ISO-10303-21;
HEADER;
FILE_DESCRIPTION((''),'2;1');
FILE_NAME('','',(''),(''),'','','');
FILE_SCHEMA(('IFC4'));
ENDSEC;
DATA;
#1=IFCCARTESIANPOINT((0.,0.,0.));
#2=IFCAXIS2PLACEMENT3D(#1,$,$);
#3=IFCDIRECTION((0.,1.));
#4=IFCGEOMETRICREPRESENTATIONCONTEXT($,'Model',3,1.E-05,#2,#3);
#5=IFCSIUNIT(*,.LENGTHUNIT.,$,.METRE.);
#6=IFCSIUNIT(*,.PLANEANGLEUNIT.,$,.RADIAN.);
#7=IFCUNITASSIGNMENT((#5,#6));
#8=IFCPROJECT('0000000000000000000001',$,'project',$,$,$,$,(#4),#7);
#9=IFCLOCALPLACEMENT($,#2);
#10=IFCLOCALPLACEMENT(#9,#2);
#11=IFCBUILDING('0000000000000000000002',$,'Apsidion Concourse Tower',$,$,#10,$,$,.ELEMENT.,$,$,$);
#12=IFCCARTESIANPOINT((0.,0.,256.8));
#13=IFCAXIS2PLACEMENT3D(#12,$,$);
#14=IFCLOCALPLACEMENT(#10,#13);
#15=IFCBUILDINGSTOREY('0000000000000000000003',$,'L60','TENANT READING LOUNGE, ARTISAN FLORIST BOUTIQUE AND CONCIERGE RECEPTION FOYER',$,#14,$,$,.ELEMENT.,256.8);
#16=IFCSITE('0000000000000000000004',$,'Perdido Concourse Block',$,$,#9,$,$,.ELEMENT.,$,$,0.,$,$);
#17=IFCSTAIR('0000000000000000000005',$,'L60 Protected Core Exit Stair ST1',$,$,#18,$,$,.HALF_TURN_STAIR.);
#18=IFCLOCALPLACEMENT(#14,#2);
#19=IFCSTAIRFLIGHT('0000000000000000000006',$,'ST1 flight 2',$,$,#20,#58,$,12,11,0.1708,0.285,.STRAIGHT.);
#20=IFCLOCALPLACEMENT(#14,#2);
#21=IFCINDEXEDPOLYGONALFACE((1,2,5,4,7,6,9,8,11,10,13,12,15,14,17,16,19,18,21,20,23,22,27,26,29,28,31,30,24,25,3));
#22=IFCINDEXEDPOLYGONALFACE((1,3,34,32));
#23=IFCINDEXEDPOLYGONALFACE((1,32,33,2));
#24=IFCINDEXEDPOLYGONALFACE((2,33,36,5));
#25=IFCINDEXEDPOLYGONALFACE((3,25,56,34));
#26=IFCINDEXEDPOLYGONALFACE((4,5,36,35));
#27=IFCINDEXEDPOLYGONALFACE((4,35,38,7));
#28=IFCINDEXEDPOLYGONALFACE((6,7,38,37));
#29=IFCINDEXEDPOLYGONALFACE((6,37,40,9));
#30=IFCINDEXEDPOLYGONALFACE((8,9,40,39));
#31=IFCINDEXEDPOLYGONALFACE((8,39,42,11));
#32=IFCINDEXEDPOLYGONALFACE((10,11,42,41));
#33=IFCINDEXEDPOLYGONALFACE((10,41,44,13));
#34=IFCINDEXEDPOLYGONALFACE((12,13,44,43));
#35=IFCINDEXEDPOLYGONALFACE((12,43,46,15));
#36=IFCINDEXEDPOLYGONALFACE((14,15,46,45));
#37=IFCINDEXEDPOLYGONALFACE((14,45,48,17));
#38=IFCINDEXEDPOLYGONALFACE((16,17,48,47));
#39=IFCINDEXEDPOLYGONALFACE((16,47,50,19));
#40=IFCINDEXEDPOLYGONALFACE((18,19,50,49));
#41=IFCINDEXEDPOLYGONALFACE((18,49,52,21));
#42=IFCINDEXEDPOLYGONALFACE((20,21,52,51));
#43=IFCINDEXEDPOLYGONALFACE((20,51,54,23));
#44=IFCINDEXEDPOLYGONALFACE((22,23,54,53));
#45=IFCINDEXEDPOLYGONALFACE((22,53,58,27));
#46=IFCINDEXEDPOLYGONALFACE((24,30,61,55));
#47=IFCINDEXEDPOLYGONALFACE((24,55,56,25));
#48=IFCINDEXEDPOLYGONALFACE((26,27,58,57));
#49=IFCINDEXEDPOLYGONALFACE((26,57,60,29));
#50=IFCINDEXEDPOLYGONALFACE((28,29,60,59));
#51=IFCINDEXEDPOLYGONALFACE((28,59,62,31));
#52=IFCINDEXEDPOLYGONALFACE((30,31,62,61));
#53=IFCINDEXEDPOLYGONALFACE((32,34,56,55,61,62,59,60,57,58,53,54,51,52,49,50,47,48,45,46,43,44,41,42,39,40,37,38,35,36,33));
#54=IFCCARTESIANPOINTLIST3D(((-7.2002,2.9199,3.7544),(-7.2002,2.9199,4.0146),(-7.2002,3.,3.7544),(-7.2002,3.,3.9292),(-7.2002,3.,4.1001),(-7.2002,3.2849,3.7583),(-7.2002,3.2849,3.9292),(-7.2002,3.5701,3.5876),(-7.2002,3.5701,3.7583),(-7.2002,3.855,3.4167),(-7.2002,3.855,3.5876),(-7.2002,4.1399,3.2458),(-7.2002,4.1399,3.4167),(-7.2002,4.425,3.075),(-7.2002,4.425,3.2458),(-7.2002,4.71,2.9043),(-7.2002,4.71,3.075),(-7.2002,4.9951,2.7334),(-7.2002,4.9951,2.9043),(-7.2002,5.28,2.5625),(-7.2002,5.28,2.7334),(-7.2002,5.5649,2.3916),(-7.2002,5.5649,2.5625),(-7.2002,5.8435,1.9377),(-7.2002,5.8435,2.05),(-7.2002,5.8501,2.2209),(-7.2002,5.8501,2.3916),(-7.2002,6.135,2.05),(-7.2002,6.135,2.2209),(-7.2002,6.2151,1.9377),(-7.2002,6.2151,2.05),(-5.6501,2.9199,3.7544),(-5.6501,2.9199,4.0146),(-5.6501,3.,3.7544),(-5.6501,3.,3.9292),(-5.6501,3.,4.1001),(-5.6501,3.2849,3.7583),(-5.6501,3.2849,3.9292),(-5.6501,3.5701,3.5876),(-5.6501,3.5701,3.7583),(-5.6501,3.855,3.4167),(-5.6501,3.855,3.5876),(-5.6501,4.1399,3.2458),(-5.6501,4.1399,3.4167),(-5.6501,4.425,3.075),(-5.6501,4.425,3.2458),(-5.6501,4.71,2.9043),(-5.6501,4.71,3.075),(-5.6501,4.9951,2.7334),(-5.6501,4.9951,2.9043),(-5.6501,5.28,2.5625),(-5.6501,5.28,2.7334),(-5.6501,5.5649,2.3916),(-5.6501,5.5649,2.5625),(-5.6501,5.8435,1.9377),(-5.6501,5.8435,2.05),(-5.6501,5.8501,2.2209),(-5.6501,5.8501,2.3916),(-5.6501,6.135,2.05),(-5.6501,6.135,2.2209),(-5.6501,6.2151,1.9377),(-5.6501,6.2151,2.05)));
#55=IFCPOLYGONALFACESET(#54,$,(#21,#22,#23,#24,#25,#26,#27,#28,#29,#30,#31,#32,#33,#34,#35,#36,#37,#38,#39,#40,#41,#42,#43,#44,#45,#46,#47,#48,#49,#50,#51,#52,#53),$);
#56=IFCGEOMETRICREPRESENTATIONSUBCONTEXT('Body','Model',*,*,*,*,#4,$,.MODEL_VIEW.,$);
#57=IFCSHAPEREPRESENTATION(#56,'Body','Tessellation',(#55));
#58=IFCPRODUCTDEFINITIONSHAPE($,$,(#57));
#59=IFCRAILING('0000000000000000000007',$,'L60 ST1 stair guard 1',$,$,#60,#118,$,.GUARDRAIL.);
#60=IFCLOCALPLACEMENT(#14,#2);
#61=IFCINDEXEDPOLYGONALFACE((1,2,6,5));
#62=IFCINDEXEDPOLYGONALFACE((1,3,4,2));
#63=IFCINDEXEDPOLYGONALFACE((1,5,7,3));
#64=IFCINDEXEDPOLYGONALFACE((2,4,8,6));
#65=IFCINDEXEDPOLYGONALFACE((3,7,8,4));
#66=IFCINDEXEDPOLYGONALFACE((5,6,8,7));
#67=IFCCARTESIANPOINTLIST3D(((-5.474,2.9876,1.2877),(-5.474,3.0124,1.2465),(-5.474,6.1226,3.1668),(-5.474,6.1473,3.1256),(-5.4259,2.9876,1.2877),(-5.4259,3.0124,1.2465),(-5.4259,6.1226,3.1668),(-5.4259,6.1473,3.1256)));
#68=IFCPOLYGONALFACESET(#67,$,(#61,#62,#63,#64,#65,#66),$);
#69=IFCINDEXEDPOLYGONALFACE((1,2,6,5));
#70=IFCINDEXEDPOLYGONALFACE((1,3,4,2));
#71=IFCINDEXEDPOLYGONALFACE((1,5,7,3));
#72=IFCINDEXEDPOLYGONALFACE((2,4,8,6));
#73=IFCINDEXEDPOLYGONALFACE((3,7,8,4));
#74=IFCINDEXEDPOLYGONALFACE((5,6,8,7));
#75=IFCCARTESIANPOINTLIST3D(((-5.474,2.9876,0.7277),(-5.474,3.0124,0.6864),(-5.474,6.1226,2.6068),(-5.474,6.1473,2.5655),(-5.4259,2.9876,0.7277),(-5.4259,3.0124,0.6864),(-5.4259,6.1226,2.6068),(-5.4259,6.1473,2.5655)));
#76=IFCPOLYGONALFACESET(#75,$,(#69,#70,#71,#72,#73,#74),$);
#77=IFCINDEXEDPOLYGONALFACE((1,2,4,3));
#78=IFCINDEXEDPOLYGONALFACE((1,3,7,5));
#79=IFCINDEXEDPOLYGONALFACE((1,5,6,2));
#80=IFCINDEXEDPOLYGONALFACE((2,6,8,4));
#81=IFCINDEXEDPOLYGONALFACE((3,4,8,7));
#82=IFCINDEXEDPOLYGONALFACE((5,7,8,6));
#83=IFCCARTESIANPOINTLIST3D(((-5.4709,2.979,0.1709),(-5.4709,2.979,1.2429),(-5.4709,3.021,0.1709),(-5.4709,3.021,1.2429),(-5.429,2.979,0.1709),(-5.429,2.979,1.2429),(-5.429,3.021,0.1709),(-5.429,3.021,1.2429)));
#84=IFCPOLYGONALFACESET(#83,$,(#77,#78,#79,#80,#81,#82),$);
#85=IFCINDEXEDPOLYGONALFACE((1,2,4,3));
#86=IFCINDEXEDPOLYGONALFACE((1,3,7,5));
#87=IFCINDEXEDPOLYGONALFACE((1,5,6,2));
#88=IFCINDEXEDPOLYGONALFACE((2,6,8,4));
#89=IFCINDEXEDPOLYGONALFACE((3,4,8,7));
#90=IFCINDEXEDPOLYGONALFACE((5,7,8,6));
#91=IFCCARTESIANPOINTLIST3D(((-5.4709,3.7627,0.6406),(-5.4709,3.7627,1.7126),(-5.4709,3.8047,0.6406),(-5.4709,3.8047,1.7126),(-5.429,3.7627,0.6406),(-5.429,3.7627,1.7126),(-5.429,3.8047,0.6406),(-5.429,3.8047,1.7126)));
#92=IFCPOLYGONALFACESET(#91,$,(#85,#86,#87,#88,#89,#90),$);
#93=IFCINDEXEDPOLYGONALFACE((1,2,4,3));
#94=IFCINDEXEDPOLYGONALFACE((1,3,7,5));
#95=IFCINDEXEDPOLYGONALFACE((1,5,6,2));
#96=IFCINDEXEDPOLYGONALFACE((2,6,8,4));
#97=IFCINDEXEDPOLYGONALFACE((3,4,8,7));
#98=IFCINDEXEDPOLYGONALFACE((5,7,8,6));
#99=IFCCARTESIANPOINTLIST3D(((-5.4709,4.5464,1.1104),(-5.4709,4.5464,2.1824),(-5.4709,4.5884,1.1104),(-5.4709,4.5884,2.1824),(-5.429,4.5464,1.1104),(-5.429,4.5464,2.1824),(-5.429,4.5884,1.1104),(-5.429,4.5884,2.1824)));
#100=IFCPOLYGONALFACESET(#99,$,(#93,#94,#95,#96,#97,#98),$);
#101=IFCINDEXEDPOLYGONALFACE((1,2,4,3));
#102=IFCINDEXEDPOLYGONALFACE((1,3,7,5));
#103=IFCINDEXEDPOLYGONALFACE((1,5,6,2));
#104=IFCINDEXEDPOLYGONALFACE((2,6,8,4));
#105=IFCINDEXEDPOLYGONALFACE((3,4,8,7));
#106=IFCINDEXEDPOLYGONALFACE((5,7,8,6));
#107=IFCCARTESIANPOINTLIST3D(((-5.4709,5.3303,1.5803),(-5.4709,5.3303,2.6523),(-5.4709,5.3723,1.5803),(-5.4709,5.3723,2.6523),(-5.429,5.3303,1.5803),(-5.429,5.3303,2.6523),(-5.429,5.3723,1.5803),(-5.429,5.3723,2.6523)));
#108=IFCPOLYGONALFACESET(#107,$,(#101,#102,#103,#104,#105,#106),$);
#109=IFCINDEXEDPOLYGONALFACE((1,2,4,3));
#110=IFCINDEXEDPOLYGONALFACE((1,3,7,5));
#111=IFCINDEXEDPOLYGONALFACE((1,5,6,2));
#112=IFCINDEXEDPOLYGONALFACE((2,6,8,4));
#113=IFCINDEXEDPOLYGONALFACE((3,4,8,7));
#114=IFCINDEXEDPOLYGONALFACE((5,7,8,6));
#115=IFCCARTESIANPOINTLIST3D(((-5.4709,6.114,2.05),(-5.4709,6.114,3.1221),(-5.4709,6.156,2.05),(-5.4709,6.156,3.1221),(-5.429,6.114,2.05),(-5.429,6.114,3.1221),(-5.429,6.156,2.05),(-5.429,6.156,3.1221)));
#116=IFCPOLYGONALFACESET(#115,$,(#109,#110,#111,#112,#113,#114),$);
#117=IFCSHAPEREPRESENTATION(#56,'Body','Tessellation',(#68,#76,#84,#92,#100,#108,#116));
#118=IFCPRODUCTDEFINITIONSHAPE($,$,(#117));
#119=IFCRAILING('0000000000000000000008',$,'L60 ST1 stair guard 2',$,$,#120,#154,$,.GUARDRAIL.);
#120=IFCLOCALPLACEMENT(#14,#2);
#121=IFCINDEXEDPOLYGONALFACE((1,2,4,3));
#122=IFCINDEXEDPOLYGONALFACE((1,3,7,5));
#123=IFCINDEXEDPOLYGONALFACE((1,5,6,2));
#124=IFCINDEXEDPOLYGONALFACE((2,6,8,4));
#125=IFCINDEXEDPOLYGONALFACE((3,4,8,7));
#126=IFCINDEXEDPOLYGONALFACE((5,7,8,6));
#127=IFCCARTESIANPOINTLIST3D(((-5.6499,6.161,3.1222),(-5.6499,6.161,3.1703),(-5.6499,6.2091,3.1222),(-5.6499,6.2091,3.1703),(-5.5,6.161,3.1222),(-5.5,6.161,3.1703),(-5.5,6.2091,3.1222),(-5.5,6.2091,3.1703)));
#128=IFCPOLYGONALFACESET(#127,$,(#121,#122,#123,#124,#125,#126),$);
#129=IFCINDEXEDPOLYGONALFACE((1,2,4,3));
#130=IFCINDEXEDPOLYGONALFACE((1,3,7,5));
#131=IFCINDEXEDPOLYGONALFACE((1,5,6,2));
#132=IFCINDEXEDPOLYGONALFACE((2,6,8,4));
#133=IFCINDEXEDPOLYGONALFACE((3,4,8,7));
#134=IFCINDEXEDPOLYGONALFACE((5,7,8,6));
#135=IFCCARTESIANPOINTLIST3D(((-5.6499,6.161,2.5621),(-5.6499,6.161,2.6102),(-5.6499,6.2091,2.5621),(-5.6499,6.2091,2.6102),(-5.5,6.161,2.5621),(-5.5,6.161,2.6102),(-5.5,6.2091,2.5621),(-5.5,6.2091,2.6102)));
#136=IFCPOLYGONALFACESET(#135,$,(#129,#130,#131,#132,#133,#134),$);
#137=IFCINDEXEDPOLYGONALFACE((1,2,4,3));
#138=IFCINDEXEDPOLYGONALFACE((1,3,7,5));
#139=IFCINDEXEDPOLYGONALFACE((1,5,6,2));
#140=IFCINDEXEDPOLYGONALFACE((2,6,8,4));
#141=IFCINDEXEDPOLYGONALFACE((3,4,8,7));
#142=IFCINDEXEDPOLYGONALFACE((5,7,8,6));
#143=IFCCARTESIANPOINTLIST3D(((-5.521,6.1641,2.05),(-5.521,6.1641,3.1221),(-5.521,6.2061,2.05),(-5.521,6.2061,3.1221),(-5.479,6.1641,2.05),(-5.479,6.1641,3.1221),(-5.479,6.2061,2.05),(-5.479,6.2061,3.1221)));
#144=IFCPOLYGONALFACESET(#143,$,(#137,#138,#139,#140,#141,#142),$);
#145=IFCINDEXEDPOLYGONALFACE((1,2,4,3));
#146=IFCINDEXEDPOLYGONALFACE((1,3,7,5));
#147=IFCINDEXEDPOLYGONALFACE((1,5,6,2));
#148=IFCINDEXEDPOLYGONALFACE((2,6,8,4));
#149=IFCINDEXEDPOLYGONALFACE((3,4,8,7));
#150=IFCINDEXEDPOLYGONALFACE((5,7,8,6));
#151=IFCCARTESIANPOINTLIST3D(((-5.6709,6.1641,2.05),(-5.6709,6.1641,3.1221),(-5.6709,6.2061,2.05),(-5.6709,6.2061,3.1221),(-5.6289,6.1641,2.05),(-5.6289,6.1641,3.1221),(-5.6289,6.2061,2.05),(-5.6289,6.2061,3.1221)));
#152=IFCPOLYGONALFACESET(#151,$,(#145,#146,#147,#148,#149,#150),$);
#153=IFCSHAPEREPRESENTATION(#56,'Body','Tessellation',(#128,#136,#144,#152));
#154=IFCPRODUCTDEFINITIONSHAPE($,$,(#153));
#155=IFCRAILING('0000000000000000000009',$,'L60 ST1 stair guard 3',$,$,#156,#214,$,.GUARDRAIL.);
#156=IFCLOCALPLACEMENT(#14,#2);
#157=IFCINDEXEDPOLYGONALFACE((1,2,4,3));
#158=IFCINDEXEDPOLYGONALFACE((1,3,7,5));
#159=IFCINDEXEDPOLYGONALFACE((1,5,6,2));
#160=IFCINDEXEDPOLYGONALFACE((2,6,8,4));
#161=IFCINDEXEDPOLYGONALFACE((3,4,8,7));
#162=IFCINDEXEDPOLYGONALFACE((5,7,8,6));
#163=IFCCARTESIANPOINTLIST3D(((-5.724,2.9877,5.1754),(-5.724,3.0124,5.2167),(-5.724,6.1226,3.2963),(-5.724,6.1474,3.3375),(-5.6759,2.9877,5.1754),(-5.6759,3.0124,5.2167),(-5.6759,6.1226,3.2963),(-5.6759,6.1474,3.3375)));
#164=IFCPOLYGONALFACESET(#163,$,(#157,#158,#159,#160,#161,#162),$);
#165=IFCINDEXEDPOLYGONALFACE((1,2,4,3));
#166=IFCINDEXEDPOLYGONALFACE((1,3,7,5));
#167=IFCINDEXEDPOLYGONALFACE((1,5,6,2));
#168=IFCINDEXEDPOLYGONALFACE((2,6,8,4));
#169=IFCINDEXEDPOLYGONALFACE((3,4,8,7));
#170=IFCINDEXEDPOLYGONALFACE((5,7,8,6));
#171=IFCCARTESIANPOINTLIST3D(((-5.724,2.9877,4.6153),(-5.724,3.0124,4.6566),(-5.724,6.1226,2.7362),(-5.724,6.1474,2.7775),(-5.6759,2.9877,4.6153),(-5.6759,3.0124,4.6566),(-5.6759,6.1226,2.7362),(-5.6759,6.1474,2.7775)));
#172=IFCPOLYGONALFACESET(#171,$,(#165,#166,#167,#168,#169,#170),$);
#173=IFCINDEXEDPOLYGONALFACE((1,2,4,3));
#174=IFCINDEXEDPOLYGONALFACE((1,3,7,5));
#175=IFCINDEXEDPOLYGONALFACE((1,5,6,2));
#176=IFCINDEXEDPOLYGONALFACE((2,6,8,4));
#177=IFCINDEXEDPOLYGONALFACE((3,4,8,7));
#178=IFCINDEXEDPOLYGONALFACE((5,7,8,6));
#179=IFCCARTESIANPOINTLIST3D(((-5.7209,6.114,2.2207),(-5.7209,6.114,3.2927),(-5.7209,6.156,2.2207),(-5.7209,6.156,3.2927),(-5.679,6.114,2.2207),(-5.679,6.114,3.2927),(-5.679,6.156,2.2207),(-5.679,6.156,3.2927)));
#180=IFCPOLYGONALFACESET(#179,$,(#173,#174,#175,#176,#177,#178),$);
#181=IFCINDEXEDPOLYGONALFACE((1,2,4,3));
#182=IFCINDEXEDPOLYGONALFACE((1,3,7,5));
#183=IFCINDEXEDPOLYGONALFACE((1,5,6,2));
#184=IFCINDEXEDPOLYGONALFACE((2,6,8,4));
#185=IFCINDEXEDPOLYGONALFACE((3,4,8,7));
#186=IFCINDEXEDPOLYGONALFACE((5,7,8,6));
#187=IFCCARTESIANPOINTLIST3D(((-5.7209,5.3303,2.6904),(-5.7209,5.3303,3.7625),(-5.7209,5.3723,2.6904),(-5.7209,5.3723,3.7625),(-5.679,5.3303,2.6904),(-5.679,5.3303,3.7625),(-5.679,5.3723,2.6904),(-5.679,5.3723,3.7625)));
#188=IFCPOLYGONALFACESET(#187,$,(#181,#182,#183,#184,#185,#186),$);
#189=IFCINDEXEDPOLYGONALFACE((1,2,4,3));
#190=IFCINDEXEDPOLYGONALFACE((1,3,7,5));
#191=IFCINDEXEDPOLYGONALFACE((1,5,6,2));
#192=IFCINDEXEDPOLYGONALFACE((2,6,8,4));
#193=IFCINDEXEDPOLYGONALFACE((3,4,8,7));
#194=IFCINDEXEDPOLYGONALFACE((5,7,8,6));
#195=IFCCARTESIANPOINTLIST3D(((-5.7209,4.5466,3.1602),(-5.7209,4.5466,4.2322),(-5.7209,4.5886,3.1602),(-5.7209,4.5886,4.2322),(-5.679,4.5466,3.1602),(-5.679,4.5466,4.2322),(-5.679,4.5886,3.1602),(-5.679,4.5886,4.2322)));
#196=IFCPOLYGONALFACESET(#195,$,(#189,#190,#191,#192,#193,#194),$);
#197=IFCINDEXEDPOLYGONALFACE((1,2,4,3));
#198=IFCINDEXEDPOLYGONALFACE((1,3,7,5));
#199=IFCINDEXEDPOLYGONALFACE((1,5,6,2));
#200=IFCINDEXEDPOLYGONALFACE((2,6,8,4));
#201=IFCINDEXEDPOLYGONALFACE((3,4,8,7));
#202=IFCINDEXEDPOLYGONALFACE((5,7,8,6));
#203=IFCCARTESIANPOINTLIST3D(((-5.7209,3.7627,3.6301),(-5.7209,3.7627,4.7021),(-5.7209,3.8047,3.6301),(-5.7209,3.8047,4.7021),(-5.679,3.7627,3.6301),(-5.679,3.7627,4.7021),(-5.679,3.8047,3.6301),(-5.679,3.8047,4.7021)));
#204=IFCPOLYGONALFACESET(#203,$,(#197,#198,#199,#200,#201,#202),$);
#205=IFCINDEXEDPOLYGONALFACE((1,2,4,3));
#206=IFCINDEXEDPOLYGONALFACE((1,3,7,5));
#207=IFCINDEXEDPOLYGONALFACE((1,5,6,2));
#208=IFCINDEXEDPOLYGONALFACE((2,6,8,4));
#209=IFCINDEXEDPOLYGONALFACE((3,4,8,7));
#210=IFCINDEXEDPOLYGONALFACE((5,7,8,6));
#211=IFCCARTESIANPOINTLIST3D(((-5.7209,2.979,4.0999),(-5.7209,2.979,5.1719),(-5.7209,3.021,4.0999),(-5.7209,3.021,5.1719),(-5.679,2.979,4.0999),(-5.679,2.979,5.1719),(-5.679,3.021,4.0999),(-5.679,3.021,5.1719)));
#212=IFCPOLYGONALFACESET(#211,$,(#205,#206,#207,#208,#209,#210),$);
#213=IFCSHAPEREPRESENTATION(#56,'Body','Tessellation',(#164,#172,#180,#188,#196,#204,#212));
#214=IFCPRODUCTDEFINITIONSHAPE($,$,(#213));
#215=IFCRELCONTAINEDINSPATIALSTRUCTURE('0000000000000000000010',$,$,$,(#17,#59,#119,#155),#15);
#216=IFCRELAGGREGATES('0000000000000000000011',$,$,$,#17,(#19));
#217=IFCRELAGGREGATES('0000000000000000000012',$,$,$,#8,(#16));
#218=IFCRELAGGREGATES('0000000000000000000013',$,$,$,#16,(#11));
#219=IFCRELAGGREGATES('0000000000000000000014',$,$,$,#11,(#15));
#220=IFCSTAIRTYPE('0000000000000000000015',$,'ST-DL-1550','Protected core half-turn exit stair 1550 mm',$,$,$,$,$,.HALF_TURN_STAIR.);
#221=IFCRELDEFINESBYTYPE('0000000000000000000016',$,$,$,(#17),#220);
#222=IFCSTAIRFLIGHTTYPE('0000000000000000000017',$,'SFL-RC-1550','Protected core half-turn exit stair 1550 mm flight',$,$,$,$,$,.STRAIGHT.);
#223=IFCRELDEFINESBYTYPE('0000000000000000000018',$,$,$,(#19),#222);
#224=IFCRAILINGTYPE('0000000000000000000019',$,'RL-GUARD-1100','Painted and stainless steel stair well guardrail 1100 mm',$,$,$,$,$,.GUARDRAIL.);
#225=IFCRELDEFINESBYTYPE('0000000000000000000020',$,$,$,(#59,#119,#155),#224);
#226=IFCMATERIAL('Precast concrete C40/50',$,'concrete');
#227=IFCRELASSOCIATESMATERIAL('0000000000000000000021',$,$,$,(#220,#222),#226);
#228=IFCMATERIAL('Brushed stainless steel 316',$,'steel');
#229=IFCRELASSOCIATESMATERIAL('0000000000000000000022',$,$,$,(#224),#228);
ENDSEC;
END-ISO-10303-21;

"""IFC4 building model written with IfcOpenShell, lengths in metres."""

from ifc_helpers import new_model, si_unit, direction, frame, origin, origin_2d, place, context, subcontext, project, spatial, polyline, rectangle, outline, extrude, material, type_object, element, aggregate, save


model = new_model("IFC4")

# Units and contexts
model_context = context("Model", 3, precision=1e-05, world=origin(), true_north=direction((0.0, 1.0)))
body_context = subcontext(model_context, "Body", "Model", "MODEL_VIEW")
ifc_project = project(units=[si_unit("LENGTHUNIT", "METRE"), si_unit("PLANEANGLEUNIT", "RADIAN")], contexts=[model_context])

# Site, building, storey
site_placement = place(None, origin())
site = spatial("IfcSite", under=ifc_project, at=site_placement, Name="Perdido Concourse Block", CompositionType="ELEMENT", RefElevation=0.0)
building_placement = place(site_placement, origin())
building = spatial("IfcBuilding", under=site, at=building_placement, Name="Apsidion Concourse Tower", CompositionType="ELEMENT")
storey_placement = place(building_placement, frame((0.0, 0.0, 256.8)))
storey = spatial("IfcBuildingStorey", under=building, at=storey_placement, Name="L60", Description="TENANT READING LOUNGE, ARTISAN FLORIST BOUTIQUE AND CONCIERGE RECEPTION FOYER", CompositionType="ELEMENT", Elevation=256.8)

# Stair, stair flight
ifc_material_1 = material(Name="Precast concrete C40/50", Category="concrete")
stair_type = type_object("IfcStairType", Name="ST-DL-1550", Description="Protected core half-turn exit stair 1550 mm", PredefinedType="HALF_TURN_STAIR", material=ifc_material_1)
stair_placement = place(storey_placement, origin())
stair = element("IfcStair", 1, at=stair_placement, inside=storey, type_object=stair_type, Name="L60 Protected Core Exit Stair ST1", PredefinedType="HALF_TURN_STAIR")
stair_flight_type = type_object("IfcStairFlightType", Name="SFL-RC-1550", Description="Protected core half-turn exit stair 1550 mm flight", PredefinedType="STRAIGHT", material=ifc_material_1)
stair_flight_1_placement = place(storey_placement, frame((-6.425, 6.135, 2.05), z_axis=(0.0, 0.0, 1.0), x_axis=(0.0, -1.0, 0.0)))
stair_flight_1 = element("IfcStairFlight", 2, at=stair_flight_1_placement, type_object=stair_flight_type, Name="ST1 flight 2", NumberOfRisers=12, NumberOfTreads=11, PredefinedType="STRAIGHT", RiserHeight=0.1708, TreadLength=0.285, context=body_context, shape_type="SweptSolid", body=[
    extrude(outline(polyline([(-0.0801, -0.1123), (-0.0801, 0.0), (0.0, 0.0), (0.0, 0.1709), (0.2849, 0.1709), (0.2849, 0.3416), (0.5701, 0.3416), (0.5701, 0.5125), (0.855, 0.5125), (0.855, 0.6833), (1.1399, 0.6833), (1.1399, 0.8542), (1.425, 0.8542), (1.425, 1.0249), (1.71, 1.0249), (1.71, 1.1958), (1.9951, 1.1958), (1.9951, 1.3667), (2.28, 1.3667), (2.28, 1.5376), (2.5649, 1.5376), (2.5649, 1.7083), (2.8501, 1.7083), (2.8501, 1.8792), (3.135, 1.8792), (3.135, 2.05), (3.2151, 1.9646), (3.2151, 1.7043), (3.135, 1.7043), (0.2915, 0.0), (0.2915, -0.1123), (-0.0801, -0.1123)])), frame((0.0, 0.7749, 0.0), z_axis=(0.0, -1.0, 0.0), x_axis=(1.0, 0.0, 0.0)), (0.0, 0.0, 1.0), 1.55),
])
aggregate(stair, [stair_flight_1])

# Railings
ifc_material_2 = material(Name="Brushed stainless steel 316", Category="steel")
railing_type_1 = type_object("IfcRailingType", Name="RL-GUARD-1100", Description="Painted and stainless steel stair well guardrail 1100 mm", PredefinedType="GUARDRAIL", material=ifc_material_2)
railing_1_placement = place(storey_placement, frame((-5.45, 3.0, 0.1709)))
element("IfcRailing", 3, at=railing_1_placement, inside=storey, type_object=railing_type_1, Name="L60 ST1 stair guard 1", PredefinedType="GUARDRAIL", context=body_context, shape_type="SweptSolid", body=[
    extrude(rectangle(XDim=0.0481, YDim=0.0481, at=origin_2d()), frame((0.0, 0.0, 1.0962), z_axis=(0.0, 0.857717, 0.514122), x_axis=(-1.0, 0.0, 0.0)), (0.0, 0.0, 1.0), 3.655),
    extrude(rectangle(XDim=0.0481, YDim=0.0481, at=origin_2d()), frame((0.0, 0.0, 0.5361), z_axis=(0.0, 0.857717, 0.514122), x_axis=(-1.0, 0.0, 0.0)), (0.0, 0.0, 1.0), 3.655),
    extrude(rectangle(XDim=0.042, YDim=0.042, at=origin_2d()), origin(), (0.0, 0.0, 1.0), 1.072),
    extrude(rectangle(XDim=0.042, YDim=0.042, at=origin_2d()), frame((0.0, 0.7837, 0.4697)), (0.0, 0.0, 1.0), 1.072),
    extrude(rectangle(XDim=0.042, YDim=0.042, at=origin_2d()), frame((0.0, 1.5674, 0.9395)), (0.0, 0.0, 1.0), 1.072),
    extrude(rectangle(XDim=0.042, YDim=0.042, at=origin_2d()), frame((0.0, 2.3513, 1.4094)), (0.0, 0.0, 1.0), 1.072),
    extrude(rectangle(XDim=0.042, YDim=0.042, at=origin_2d()), frame((0.0, 3.135, 1.8792)), (0.0, 0.0, 1.0), 1.072),
])
railing_2_placement = place(storey_placement, frame((-5.5, 6.1851, 2.05)))
element("IfcRailing", 4, at=railing_2_placement, inside=storey, type_object=railing_type_1, Name="L60 ST1 stair guard 2", PredefinedType="GUARDRAIL", context=body_context, shape_type="SweptSolid", body=[
    extrude(rectangle(XDim=0.0481, YDim=0.0481, at=origin_2d()), frame((0.0, 0.0, 1.0962), z_axis=(-1.0, 0.0, 0.0), x_axis=(0.0, -1.0, 0.0)), (0.0, 0.0, 1.0), 0.1499),
    extrude(rectangle(XDim=0.0481, YDim=0.0481, at=origin_2d()), frame((0.0, 0.0, 0.5361), z_axis=(-1.0, 0.0, 0.0), x_axis=(0.0, -1.0, 0.0)), (0.0, 0.0, 1.0), 0.1499),
    extrude(rectangle(XDim=0.042, YDim=0.042, at=origin_2d()), origin(), (0.0, 0.0, 1.0), 1.072),
    extrude(rectangle(XDim=0.042, YDim=0.042, at=origin_2d()), frame((-0.1499, 0.0, 0.0)), (0.0, 0.0, 1.0), 1.072),
])
railing_3_placement = place(storey_placement, frame((-5.7, 6.135, 2.2207)))
element("IfcRailing", 5, at=railing_3_placement, inside=storey, type_object=railing_type_1, Name="L60 ST1 stair guard 3", PredefinedType="GUARDRAIL", context=body_context, shape_type="SweptSolid", body=[
    extrude(rectangle(XDim=0.0481, YDim=0.0481, at=origin_2d()), frame((0.0, 0.0, 1.0962), z_axis=(0.0, -0.857717, 0.514122), x_axis=(1.0, 0.0, 0.0)), (0.0, 0.0, 1.0), 3.655),
    extrude(rectangle(XDim=0.0481, YDim=0.0481, at=origin_2d()), frame((0.0, 0.0, 0.5361), z_axis=(0.0, -0.857717, 0.514122), x_axis=(1.0, 0.0, 0.0)), (0.0, 0.0, 1.0), 3.655),
    extrude(rectangle(XDim=0.042, YDim=0.042, at=origin_2d()), origin(), (0.0, 0.0, 1.0), 1.072),
    extrude(rectangle(XDim=0.042, YDim=0.042, at=origin_2d()), frame((0.0, -0.7837, 0.4697)), (0.0, 0.0, 1.0), 1.072),
    extrude(rectangle(XDim=0.042, YDim=0.042, at=origin_2d()), frame((0.0, -1.5674, 0.9395)), (0.0, 0.0, 1.0), 1.072),
    extrude(rectangle(XDim=0.042, YDim=0.042, at=origin_2d()), frame((0.0, -2.3513, 1.4094)), (0.0, 0.0, 1.0), 1.072),
    extrude(rectangle(XDim=0.042, YDim=0.042, at=origin_2d()), frame((0.0, -3.135, 1.8792)), (0.0, 0.0, 1.0), 1.072),
])

save(model, "model.ifc")
